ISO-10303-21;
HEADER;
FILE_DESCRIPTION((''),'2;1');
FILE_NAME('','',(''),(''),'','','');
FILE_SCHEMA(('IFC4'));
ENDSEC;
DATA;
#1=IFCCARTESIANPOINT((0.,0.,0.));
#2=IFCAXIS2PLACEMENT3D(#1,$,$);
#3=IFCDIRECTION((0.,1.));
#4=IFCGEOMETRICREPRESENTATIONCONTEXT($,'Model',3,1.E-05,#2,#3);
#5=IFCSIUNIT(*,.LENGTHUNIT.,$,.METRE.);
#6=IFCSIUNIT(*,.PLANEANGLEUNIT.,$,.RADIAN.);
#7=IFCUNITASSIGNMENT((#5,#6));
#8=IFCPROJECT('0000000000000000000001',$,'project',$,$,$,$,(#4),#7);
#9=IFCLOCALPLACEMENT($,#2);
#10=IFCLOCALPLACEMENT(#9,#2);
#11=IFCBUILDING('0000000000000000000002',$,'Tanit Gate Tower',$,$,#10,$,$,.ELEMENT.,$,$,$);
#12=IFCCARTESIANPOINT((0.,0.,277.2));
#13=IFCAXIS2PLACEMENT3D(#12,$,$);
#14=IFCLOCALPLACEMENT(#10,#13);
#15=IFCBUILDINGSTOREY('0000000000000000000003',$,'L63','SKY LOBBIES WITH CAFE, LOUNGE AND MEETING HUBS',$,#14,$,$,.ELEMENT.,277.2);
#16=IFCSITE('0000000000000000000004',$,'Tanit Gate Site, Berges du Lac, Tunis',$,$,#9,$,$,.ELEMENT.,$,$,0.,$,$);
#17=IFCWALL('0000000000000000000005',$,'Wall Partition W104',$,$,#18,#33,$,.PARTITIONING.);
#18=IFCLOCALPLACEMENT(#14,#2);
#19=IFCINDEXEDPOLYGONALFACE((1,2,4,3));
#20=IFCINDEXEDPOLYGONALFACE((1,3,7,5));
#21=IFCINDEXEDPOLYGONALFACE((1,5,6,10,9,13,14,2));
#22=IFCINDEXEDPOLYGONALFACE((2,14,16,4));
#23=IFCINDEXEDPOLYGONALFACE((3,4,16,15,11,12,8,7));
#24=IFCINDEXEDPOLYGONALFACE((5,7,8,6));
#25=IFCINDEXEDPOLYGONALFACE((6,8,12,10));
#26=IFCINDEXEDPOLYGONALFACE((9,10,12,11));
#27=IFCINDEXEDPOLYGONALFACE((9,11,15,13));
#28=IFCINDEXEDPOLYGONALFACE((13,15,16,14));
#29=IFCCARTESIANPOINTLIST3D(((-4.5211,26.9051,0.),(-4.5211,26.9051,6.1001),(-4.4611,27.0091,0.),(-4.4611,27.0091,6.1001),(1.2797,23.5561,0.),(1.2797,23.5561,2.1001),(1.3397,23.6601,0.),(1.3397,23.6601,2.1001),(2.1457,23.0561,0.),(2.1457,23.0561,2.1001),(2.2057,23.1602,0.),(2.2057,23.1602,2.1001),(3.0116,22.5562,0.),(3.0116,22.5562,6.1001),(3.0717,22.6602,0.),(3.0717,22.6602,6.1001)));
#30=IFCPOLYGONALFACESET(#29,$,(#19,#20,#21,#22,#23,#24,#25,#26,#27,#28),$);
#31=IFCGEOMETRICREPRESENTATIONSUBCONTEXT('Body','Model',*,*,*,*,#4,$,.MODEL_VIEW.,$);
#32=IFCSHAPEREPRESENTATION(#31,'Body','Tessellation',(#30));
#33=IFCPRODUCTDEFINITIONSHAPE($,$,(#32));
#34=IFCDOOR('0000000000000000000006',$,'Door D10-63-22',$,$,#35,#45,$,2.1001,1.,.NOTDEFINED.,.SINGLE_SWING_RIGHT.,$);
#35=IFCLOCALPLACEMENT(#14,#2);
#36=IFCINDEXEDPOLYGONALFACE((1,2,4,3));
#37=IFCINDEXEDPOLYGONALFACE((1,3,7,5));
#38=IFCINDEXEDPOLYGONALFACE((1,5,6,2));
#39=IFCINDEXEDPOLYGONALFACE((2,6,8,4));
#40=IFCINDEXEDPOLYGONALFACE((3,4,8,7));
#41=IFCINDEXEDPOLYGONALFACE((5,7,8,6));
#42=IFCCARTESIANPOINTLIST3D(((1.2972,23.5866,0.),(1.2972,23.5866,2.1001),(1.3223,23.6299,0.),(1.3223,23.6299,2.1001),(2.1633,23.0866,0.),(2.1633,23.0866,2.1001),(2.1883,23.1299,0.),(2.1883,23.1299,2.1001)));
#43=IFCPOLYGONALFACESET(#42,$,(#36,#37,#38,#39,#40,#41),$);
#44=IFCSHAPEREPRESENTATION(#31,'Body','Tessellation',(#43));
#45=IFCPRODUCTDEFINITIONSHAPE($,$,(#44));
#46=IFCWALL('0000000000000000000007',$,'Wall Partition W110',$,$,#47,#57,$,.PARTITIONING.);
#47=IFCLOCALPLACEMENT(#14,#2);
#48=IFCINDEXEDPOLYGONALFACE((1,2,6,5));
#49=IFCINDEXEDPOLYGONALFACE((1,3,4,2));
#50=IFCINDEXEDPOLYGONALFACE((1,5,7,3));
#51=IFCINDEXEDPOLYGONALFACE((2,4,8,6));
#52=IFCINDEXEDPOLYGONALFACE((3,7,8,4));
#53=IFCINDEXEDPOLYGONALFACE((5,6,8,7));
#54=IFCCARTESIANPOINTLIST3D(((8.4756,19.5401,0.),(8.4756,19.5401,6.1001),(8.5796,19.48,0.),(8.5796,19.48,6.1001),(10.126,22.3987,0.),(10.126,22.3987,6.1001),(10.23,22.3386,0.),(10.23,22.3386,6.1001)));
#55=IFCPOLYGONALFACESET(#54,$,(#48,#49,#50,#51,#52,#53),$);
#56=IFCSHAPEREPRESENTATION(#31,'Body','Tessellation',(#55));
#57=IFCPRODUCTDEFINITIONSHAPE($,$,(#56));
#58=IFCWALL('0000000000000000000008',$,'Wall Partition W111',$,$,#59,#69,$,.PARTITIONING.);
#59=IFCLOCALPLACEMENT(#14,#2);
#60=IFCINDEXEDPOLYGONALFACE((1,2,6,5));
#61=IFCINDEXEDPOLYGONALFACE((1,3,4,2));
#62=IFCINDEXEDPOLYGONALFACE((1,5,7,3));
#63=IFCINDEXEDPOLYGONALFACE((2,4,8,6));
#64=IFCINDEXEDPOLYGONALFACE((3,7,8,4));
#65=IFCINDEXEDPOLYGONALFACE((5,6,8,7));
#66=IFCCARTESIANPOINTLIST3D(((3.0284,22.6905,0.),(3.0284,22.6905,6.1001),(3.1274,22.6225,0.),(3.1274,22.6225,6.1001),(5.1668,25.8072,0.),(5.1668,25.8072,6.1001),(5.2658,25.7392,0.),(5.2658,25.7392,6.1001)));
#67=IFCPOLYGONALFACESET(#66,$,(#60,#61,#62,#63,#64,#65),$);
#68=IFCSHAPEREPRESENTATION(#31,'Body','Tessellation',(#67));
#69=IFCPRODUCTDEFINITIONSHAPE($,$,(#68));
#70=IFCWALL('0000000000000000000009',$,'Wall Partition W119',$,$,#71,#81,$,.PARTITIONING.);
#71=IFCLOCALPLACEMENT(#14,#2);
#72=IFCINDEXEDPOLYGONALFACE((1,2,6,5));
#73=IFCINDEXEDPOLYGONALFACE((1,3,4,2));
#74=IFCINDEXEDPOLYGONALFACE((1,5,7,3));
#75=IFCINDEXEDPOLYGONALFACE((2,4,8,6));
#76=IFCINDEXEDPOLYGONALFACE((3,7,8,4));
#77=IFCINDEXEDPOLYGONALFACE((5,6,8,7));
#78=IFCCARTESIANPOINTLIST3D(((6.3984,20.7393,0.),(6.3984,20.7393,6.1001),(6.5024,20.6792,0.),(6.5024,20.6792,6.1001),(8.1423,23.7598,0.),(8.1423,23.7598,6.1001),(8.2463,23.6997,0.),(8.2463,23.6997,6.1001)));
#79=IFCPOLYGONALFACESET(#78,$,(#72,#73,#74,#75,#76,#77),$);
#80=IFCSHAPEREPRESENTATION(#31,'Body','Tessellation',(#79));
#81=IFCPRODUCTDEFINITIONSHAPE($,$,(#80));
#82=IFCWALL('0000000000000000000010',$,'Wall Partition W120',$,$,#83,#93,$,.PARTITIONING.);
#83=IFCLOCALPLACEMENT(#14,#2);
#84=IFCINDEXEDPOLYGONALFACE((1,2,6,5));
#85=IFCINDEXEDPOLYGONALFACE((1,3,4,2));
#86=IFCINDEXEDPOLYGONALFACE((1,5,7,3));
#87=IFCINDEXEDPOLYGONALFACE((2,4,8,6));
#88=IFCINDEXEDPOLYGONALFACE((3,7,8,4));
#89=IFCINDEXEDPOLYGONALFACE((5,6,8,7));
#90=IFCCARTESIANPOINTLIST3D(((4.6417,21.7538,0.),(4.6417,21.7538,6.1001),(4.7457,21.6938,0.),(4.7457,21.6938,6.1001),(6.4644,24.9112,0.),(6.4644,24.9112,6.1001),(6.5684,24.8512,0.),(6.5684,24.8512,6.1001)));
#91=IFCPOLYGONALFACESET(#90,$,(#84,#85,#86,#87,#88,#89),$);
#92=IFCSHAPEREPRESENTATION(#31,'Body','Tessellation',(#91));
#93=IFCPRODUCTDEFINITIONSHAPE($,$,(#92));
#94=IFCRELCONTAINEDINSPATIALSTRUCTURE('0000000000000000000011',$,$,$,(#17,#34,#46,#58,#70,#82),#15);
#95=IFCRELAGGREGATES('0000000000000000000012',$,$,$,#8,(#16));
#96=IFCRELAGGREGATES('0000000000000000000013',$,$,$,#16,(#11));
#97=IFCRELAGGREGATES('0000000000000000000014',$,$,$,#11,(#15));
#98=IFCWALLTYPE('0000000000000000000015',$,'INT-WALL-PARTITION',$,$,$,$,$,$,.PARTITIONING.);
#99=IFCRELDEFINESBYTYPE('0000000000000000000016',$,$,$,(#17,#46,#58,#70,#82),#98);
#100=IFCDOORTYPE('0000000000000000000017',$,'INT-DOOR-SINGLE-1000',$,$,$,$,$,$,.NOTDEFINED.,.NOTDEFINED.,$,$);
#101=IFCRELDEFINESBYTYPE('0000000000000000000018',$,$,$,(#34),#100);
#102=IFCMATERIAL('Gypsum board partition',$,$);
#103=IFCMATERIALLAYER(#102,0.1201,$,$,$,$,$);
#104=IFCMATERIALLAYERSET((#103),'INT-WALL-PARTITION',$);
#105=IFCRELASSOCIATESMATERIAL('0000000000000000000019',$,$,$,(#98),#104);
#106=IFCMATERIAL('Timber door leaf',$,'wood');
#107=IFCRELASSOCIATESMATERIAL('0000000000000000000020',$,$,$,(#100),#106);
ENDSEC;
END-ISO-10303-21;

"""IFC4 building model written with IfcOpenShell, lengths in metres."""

from ifc_helpers import new_model, si_unit, direction, frame, frame_2d, origin, place, context, subcontext, project, spatial, rectangle, extrude, material, layer, layer_set, type_object, element, fill, save


model = new_model("IFC4")

# Units and contexts
model_context = context("Model", 3, precision=1e-05, world=origin(), true_north=direction((0.0, 1.0)))
body_context = subcontext(model_context, "Body", "Model", "MODEL_VIEW")
ifc_project = project(units=[si_unit("LENGTHUNIT", "METRE"), si_unit("PLANEANGLEUNIT", "RADIAN")], contexts=[model_context])

# Site, building, storey
site_placement = place(None, origin())
site = spatial("IfcSite", under=ifc_project, at=site_placement, Name="Tanit Gate Site, Berges du Lac, Tunis", CompositionType="ELEMENT", RefElevation=0.0)
building_placement = place(site_placement, origin())
building = spatial("IfcBuilding", under=site, at=building_placement, Name="Tanit Gate Tower", CompositionType="ELEMENT")
storey_placement = place(building_placement, frame((0.0, 0.0, 277.2)))
storey = spatial("IfcBuildingStorey", under=building, at=storey_placement, Name="L63", Description="SKY LOBBIES WITH CAFE, LOUNGE AND MEETING HUBS", CompositionType="ELEMENT", Elevation=277.2)

# Wall, opening, door
ifc_material_1 = material(Name="Gypsum board partition")
ifc_layer_1 = layer(ifc_material_1, 0.1201)
ifc_layer_set_1 = layer_set([ifc_layer_1], Name="INT-WALL-PARTITION")
wall_type_1 = type_object("IfcWallType", Name="INT-WALL-PARTITION", PredefinedType="PARTITIONING", material=ifc_layer_set_1)
ifc_material_2 = material(Name="Timber door leaf", Category="wood")
door_type_1 = type_object("IfcDoorType", Name="INT-DOOR-SINGLE-1000", OperationType="NOTDEFINED", PredefinedType="NOTDEFINED", material=ifc_material_2)
wall_1_placement = place(storey_placement, frame((3.0417, 22.6082, 0.0), z_axis=(0.0, 0.0, 1.0), x_axis=(-0.866032, 0.499988, 0.0)))
wall_1 = element("IfcWall", 1, at=wall_1_placement, inside=storey, type_object=wall_type_1, Name="Wall Partition W104", PredefinedType="PARTITIONING", context=body_context, shape_type="SweptSolid", body=[
    extrude(rectangle(XDim=8.698, YDim=0.1201, at=frame_2d((4.3491, 0.0))), origin(), (0.0, 0.0, 1.0), 6.1001),
])
opening_1_placement = place(wall_1_placement, frame((1.0, 0.0, 0.0)))
opening_1 = element("IfcOpeningElement", 2, at=opening_1_placement, cuts=wall_1, PredefinedType="OPENING", context=body_context, shape_type="SweptSolid", body=[
    extrude(rectangle(XDim=1.0, YDim=2.1001, at=frame_2d((0.5, 1.05))), frame((0.0, 0.0701, 0.0), z_axis=(0.0, -1.0, 0.0), x_axis=(1.0, 0.0, 0.0)), (0.0, 0.0, 1.0), 0.1401),
])
door_1_placement = place(opening_1_placement, origin())
door_1 = element("IfcDoor", 3, at=door_1_placement, inside=storey, type_object=door_type_1, Name="Door D10-63-22", OperationType="SINGLE_SWING_RIGHT", OverallHeight=2.1001, OverallWidth=1.0, PredefinedType="NOTDEFINED", context=body_context, shape_type="SweptSolid", body=[
    extrude(rectangle(XDim=1.0, YDim=2.1001, at=frame_2d((0.5, 1.05))), frame((0.0, 0.0249, 0.0), z_axis=(0.0, -1.0, 0.0), x_axis=(1.0, 0.0, 0.0)), (0.0, 0.0, 1.0), 0.05),
])
fill(opening_1, door_1)

# Walls
wall_2_placement = place(storey_placement, frame((10.178, 22.3687, 0.0), z_axis=(0.0, 0.0, 1.0), x_axis=(-0.499989, -0.866032, 0.0)))
element("IfcWall", 4, at=wall_2_placement, inside=storey, type_object=wall_type_1, Name="Wall Partition W110", PredefinedType="PARTITIONING", context=body_context, shape_type="SweptSolid", body=[
    extrude(rectangle(XDim=3.3008, YDim=0.1201, at=frame_2d((1.6504, 0.0))), origin(), (0.0, 0.0, 1.0), 6.1001),
])
wall_3_placement = place(storey_placement, frame((3.0779, 22.6565, 0.0), z_axis=(0.0, 0.0, 1.0), x_axis=(0.565756, 0.824573, 0.0)))
element("IfcWall", 5, at=wall_3_placement, inside=storey, type_object=wall_type_1, Name="Wall Partition W111", PredefinedType="PARTITIONING", context=body_context, shape_type="SweptSolid", body=[
    extrude(rectangle(XDim=3.7798, YDim=0.1201, at=frame_2d((1.8899, 0.0))), origin(), (0.0, 0.0, 1.0), 6.1001),
])
wall_4_placement = place(storey_placement, frame((8.1943, 23.7297, 0.0), z_axis=(0.0, 0.0, 1.0), x_axis=(-0.500001, -0.866025, 0.0)))
element("IfcWall", 6, at=wall_4_placement, inside=storey, type_object=wall_type_1, Name="Wall Partition W119", PredefinedType="PARTITIONING", context=body_context, shape_type="SweptSolid", body=[
    extrude(rectangle(XDim=3.4878, YDim=0.1201, at=frame_2d((1.7439, 0.0))), origin(), (0.0, 0.0, 1.0), 6.1001),
])
wall_5_placement = place(storey_placement, frame((6.5164, 24.8811, 0.0), z_axis=(0.0, 0.0, 1.0), x_axis=(-0.499956, -0.866051, 0.0)))
element("IfcWall", 7, at=wall_5_placement, inside=storey, type_object=wall_type_1, Name="Wall Partition W120", PredefinedType="PARTITIONING", context=body_context, shape_type="SweptSolid", body=[
    extrude(rectangle(XDim=3.6458, YDim=0.1201, at=frame_2d((1.8228, 0.0))), origin(), (0.0, 0.0, 1.0), 6.1001),
])

save(model, "model.ifc")
